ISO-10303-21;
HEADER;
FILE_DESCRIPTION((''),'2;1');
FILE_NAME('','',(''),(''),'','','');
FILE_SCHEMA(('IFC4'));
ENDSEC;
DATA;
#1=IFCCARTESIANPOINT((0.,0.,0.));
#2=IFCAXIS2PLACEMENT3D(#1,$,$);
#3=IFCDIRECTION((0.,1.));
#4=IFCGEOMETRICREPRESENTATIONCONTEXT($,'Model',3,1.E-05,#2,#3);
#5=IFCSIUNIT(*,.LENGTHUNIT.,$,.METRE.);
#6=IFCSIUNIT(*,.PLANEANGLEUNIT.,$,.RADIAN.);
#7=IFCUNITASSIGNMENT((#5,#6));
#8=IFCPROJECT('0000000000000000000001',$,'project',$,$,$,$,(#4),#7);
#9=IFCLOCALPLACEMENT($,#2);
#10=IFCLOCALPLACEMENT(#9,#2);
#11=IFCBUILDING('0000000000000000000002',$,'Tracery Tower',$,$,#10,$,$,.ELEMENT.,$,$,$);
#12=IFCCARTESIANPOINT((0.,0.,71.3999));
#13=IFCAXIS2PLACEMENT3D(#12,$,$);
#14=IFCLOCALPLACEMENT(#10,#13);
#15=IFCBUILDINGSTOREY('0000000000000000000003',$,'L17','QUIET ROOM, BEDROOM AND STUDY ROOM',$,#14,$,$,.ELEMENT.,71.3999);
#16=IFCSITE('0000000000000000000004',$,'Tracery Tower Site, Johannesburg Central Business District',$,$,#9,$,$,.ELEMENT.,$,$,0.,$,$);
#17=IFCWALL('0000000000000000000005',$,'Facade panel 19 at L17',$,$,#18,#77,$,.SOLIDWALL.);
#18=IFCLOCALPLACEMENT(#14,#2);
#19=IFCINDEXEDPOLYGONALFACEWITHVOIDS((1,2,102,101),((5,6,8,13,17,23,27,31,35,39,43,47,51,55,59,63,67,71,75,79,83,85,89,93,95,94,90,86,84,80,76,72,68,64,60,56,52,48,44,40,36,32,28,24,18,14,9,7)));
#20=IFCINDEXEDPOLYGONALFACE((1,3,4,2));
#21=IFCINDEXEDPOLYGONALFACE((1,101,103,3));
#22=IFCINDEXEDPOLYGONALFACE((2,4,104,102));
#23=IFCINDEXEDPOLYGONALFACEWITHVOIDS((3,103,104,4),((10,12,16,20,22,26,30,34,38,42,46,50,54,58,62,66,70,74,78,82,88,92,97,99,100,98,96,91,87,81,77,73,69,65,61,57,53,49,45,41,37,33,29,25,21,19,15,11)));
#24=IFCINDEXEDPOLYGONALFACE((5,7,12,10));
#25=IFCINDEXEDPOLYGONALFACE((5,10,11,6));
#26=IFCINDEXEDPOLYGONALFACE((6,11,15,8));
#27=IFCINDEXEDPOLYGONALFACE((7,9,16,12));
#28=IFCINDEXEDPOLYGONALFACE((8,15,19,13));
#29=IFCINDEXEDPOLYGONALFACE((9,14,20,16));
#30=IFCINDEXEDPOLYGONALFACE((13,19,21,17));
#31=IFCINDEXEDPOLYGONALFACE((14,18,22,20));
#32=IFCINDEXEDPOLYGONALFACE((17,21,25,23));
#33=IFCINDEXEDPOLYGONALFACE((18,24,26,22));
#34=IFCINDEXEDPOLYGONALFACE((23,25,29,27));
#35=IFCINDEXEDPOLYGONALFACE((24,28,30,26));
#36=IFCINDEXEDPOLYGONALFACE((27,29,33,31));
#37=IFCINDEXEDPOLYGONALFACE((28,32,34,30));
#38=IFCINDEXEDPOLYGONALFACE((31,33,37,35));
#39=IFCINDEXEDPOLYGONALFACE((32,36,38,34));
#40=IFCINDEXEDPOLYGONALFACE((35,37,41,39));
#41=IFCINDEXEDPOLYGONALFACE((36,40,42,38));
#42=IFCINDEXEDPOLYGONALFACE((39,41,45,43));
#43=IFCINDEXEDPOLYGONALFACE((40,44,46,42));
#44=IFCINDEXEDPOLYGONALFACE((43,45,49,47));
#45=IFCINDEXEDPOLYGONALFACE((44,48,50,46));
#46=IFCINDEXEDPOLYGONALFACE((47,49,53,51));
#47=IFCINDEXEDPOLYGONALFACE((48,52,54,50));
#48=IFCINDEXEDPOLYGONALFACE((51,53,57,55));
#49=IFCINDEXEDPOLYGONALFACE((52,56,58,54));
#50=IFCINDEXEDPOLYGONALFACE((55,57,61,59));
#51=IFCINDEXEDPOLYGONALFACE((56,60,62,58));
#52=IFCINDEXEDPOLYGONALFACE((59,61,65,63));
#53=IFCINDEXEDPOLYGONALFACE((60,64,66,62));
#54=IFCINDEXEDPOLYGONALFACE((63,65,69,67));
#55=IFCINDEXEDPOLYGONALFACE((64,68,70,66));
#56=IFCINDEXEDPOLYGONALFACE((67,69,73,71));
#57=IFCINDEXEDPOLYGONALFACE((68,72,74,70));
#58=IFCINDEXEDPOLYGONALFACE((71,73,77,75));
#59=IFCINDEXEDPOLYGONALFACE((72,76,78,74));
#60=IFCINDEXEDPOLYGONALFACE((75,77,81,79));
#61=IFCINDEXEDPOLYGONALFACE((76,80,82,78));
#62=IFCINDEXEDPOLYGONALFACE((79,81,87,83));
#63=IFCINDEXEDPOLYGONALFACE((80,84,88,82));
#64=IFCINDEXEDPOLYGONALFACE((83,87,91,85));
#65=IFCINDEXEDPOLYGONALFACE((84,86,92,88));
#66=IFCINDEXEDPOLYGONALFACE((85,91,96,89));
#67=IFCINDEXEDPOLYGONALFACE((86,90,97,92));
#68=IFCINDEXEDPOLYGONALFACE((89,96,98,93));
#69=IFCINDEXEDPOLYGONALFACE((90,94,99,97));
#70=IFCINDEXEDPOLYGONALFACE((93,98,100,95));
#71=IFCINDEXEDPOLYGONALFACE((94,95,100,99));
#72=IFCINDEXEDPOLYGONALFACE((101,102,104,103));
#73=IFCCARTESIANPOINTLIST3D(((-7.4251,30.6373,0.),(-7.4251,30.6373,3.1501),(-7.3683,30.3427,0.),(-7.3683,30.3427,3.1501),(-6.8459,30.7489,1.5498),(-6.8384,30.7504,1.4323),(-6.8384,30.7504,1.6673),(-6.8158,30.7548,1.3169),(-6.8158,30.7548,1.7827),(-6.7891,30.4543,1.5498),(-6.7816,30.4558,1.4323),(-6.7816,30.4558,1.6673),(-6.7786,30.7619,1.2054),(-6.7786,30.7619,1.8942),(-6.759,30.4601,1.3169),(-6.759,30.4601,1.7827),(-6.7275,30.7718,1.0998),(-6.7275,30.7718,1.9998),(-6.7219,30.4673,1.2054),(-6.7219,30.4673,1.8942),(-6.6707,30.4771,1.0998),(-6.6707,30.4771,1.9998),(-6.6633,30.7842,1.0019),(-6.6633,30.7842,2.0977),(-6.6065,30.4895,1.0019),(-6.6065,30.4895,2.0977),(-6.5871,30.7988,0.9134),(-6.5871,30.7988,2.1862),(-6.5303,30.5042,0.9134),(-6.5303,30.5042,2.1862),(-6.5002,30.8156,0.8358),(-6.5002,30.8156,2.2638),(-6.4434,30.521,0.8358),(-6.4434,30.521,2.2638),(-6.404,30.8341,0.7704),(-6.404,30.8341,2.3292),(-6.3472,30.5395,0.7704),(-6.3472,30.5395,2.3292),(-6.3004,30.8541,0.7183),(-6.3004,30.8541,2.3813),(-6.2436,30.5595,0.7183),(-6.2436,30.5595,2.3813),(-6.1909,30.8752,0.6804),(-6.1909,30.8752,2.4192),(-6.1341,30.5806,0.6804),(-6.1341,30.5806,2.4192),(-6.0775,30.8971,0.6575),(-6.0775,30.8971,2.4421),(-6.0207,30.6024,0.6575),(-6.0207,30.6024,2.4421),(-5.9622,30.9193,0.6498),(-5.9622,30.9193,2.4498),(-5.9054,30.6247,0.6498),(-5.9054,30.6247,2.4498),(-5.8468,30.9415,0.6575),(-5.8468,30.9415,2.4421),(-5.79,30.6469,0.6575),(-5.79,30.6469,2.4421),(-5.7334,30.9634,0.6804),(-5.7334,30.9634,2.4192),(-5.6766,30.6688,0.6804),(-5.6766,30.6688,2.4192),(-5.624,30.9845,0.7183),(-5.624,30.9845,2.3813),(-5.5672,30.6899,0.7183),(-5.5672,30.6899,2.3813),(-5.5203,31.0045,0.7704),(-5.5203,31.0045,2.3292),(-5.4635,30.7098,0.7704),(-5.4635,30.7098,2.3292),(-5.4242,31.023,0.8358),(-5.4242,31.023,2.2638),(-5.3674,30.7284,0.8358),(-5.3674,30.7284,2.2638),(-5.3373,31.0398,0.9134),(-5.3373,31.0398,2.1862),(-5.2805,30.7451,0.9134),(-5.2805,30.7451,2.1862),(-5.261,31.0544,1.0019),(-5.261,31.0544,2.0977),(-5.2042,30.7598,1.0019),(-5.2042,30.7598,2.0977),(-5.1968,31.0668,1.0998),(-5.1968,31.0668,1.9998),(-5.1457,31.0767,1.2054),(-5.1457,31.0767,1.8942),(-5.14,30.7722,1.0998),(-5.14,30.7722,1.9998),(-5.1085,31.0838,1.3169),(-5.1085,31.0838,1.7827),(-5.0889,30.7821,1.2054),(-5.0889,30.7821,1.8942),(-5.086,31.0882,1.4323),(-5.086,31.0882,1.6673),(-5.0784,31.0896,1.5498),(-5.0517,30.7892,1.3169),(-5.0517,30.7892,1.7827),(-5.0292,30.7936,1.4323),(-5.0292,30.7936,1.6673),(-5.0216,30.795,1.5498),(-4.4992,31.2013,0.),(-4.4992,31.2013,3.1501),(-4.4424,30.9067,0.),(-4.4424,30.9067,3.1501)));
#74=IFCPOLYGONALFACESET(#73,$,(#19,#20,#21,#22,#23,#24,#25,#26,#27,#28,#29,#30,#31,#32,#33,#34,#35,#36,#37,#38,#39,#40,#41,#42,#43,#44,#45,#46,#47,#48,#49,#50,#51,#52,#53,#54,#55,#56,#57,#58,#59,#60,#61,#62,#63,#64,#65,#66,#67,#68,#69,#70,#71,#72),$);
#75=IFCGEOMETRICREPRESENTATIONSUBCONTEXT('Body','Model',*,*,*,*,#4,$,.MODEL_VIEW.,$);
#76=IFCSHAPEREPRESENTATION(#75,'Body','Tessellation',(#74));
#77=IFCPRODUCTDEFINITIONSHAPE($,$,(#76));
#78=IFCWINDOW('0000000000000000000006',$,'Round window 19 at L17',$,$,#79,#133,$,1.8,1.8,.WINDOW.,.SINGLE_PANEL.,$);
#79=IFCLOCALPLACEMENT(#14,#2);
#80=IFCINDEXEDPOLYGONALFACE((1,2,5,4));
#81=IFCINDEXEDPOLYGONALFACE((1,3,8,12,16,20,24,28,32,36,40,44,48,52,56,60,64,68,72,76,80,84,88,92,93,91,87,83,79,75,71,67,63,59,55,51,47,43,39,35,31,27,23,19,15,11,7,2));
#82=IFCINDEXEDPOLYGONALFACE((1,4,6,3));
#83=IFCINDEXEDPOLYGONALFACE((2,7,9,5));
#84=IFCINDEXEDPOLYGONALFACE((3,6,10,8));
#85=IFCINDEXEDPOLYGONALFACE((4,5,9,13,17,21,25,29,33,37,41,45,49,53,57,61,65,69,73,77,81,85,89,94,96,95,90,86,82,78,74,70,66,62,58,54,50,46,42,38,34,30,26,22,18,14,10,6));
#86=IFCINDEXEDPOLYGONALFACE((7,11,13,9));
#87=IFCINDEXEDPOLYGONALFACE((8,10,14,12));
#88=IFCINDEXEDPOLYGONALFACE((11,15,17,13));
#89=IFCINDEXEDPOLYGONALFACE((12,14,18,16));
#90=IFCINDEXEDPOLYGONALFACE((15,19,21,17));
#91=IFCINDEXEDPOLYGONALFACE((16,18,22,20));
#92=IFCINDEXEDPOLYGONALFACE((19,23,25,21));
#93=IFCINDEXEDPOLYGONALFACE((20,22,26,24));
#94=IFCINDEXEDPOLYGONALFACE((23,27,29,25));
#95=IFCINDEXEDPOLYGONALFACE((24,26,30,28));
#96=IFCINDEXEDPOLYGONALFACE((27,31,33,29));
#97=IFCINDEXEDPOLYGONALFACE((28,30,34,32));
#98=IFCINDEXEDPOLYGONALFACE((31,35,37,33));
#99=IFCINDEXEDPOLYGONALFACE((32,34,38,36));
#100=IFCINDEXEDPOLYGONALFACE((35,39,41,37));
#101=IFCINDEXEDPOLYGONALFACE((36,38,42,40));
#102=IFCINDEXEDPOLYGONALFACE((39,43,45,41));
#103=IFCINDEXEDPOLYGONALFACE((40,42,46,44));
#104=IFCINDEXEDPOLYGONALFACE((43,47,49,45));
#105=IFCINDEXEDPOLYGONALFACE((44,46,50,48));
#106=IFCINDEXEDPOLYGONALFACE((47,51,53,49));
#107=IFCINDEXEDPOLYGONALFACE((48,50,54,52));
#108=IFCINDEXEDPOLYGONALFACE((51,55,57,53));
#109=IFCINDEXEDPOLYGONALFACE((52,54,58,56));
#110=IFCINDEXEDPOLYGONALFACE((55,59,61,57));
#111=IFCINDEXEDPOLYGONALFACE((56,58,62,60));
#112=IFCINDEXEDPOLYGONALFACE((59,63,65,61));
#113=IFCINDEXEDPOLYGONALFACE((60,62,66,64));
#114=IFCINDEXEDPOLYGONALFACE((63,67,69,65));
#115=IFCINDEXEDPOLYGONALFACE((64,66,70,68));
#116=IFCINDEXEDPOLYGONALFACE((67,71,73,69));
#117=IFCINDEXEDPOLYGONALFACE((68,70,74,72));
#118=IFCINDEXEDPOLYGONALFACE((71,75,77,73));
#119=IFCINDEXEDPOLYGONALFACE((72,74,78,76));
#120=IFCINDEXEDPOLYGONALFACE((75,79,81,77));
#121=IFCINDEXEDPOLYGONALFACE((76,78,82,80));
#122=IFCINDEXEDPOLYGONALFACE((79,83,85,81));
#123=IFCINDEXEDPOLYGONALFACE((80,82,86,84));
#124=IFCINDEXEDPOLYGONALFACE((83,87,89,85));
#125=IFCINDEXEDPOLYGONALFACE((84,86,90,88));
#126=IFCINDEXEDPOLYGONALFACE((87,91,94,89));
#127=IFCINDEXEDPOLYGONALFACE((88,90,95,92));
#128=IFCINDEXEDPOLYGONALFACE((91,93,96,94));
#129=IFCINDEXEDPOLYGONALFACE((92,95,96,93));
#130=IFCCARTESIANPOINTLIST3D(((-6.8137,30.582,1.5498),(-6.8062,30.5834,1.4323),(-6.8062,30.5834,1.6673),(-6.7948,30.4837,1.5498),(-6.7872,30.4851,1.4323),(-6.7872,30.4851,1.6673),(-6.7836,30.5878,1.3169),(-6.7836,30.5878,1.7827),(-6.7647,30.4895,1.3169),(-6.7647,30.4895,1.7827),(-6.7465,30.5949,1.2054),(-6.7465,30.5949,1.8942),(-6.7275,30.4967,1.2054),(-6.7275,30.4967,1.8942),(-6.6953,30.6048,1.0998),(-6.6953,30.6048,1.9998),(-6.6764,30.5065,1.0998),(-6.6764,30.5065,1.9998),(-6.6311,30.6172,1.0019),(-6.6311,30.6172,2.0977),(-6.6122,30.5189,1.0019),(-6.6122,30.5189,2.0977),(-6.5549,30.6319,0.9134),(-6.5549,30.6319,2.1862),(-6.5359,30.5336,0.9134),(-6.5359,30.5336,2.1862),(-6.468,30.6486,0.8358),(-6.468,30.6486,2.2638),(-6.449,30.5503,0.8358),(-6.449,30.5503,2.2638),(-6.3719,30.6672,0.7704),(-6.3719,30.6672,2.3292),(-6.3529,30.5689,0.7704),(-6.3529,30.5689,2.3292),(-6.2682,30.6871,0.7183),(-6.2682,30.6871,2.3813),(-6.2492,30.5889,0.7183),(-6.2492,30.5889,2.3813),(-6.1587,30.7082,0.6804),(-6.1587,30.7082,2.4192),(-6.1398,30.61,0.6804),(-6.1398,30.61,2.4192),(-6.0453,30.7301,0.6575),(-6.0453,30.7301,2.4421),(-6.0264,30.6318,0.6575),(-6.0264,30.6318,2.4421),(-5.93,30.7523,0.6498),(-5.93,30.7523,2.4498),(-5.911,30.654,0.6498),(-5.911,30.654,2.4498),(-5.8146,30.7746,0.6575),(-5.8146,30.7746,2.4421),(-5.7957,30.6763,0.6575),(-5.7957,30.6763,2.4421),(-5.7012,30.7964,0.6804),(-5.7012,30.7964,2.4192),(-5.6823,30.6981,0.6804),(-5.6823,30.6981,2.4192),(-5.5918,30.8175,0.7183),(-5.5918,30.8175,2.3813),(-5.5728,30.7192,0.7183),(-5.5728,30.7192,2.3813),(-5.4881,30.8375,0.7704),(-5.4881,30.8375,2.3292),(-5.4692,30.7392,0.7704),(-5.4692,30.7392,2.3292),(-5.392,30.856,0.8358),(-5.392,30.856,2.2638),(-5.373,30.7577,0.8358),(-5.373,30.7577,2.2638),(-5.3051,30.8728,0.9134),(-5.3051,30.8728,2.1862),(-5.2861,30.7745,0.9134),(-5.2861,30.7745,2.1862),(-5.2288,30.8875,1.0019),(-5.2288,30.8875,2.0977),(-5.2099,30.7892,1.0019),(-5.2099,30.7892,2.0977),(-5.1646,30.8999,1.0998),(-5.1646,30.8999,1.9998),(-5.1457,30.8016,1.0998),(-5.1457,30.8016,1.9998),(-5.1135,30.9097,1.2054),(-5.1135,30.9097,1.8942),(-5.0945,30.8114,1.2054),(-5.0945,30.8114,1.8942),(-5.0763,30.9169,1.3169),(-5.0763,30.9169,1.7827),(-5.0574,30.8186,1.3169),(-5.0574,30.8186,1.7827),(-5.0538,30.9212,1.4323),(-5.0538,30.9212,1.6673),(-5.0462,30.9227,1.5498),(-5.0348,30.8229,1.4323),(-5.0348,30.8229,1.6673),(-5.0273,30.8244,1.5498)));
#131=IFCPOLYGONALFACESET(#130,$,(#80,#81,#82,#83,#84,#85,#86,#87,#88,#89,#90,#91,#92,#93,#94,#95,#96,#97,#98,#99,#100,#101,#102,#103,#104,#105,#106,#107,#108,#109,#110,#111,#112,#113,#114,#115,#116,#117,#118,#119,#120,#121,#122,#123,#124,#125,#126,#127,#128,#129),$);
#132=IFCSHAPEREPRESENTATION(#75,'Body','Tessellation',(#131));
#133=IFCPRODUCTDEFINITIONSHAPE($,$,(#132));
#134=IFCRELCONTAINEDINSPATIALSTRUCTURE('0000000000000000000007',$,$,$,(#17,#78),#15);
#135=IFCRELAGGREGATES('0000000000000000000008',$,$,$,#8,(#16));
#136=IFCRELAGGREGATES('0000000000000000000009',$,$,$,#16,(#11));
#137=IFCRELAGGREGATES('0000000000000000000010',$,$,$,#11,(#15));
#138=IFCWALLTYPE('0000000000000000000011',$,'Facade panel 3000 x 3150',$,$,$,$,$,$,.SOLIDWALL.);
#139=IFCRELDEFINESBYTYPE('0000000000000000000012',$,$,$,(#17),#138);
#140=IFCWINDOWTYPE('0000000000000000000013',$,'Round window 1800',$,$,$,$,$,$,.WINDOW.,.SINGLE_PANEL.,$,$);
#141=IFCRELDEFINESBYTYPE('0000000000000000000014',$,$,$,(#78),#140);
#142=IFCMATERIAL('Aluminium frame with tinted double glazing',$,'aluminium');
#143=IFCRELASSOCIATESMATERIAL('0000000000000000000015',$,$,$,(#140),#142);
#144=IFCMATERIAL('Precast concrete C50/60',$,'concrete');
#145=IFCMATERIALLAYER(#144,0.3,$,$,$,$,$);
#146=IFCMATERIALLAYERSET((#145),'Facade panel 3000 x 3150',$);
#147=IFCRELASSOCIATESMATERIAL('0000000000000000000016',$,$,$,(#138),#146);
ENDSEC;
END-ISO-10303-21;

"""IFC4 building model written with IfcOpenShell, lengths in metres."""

from ifc_helpers import new_model, si_unit, direction, frame, frame_2d, origin, origin_2d, place, context, subcontext, project, spatial, rectangle, circle, extrude, material, layer, layer_set, type_object, element, fill, save


model = new_model("IFC4")

# Units and contexts
model_context = context("Model", 3, precision=1e-05, world=origin(), true_north=direction((0.0, 1.0)))
body_context = subcontext(model_context, "Body", "Model", "MODEL_VIEW")
ifc_project = project(units=[si_unit("LENGTHUNIT", "METRE"), si_unit("PLANEANGLEUNIT", "RADIAN")], contexts=[model_context])

# Site, building, storey
site_placement = place(None, origin())
site = spatial("IfcSite", under=ifc_project, at=site_placement, Name="Tracery Tower Site, Johannesburg Central Business District", CompositionType="ELEMENT", RefElevation=0.0)
building_placement = place(site_placement, origin())
building = spatial("IfcBuilding", under=site, at=building_placement, Name="Tracery Tower", CompositionType="ELEMENT")
storey_placement = place(building_placement, frame((0.0, 0.0, 71.3999)))
storey = spatial("IfcBuildingStorey", under=building, at=storey_placement, Name="L17", Description="QUIET ROOM, BEDROOM AND STUDY ROOM", CompositionType="ELEMENT", Elevation=71.3999)

# Wall, opening, window
ifc_material_1 = material(Name="Aluminium frame with tinted double glazing", Category="aluminium")
window_type = type_object("IfcWindowType", Name="Round window 1800", PartitioningType="SINGLE_PANEL", PredefinedType="WINDOW", material=ifc_material_1)
ifc_material_2 = material(Name="Precast concrete C50/60", Category="concrete")
ifc_layer_1 = layer(ifc_material_2, 0.3)
ifc_layer_set_1 = layer_set([ifc_layer_1], Name="Facade panel 3000 x 3150")
wall_type_1 = type_object("IfcWallType", Name="Facade panel 3000 x 3150", PredefinedType="SOLIDWALL", material=ifc_layer_set_1)
wall_1_placement = place(storey_placement, frame((-4.4709, 31.054, 0.0), z_axis=(0.0, 0.0, 1.0), x_axis=(-0.981925, -0.189273, 0.0)))
wall_1 = element("IfcWall", 1, at=wall_1_placement, inside=storey, type_object=wall_type_1, Name="Facade panel 19 at L17", PredefinedType="SOLIDWALL", context=body_context, shape_type="SweptSolid", body=[
    extrude(rectangle(XDim=2.9797, YDim=0.3, at=frame_2d((1.4897, 0.0))), origin(), (0.0, 0.0, 1.0), 3.1501),
])
opening_1_placement = place(wall_1_placement, frame((1.4897, 0.0, 1.5498)))
opening_1 = element("IfcOpeningElement", 2, at=opening_1_placement, cuts=wall_1, PredefinedType="OPENING", context=body_context, shape_type="SweptSolid", body=[
    extrude(circle(Radius=0.9, at=origin_2d()), frame((0.0, 0.1599, 0.0), z_axis=(0.0, -1.0, 0.0), x_axis=(1.0, 0.0, 0.0)), (0.0, 0.0, 1.0), 0.3201),
])
window_1_placement = place(opening_1_placement, origin())
window_1 = element("IfcWindow", 3, at=window_1_placement, inside=storey, type_object=window_type, Name="Round window 19 at L17", OverallHeight=1.8, OverallWidth=1.8, PartitioningType="SINGLE_PANEL", PredefinedType="WINDOW", context=body_context, shape_type="SweptSolid", body=[
    extrude(circle(Radius=0.9, at=origin_2d()), frame((0.0, 0.1201, 0.0), z_axis=(0.0, -1.0, 0.0), x_axis=(1.0, 0.0, 0.0)), (0.0, 0.0, 1.0), 0.1001),
])
fill(opening_1, window_1)

save(model, "model.ifc")
